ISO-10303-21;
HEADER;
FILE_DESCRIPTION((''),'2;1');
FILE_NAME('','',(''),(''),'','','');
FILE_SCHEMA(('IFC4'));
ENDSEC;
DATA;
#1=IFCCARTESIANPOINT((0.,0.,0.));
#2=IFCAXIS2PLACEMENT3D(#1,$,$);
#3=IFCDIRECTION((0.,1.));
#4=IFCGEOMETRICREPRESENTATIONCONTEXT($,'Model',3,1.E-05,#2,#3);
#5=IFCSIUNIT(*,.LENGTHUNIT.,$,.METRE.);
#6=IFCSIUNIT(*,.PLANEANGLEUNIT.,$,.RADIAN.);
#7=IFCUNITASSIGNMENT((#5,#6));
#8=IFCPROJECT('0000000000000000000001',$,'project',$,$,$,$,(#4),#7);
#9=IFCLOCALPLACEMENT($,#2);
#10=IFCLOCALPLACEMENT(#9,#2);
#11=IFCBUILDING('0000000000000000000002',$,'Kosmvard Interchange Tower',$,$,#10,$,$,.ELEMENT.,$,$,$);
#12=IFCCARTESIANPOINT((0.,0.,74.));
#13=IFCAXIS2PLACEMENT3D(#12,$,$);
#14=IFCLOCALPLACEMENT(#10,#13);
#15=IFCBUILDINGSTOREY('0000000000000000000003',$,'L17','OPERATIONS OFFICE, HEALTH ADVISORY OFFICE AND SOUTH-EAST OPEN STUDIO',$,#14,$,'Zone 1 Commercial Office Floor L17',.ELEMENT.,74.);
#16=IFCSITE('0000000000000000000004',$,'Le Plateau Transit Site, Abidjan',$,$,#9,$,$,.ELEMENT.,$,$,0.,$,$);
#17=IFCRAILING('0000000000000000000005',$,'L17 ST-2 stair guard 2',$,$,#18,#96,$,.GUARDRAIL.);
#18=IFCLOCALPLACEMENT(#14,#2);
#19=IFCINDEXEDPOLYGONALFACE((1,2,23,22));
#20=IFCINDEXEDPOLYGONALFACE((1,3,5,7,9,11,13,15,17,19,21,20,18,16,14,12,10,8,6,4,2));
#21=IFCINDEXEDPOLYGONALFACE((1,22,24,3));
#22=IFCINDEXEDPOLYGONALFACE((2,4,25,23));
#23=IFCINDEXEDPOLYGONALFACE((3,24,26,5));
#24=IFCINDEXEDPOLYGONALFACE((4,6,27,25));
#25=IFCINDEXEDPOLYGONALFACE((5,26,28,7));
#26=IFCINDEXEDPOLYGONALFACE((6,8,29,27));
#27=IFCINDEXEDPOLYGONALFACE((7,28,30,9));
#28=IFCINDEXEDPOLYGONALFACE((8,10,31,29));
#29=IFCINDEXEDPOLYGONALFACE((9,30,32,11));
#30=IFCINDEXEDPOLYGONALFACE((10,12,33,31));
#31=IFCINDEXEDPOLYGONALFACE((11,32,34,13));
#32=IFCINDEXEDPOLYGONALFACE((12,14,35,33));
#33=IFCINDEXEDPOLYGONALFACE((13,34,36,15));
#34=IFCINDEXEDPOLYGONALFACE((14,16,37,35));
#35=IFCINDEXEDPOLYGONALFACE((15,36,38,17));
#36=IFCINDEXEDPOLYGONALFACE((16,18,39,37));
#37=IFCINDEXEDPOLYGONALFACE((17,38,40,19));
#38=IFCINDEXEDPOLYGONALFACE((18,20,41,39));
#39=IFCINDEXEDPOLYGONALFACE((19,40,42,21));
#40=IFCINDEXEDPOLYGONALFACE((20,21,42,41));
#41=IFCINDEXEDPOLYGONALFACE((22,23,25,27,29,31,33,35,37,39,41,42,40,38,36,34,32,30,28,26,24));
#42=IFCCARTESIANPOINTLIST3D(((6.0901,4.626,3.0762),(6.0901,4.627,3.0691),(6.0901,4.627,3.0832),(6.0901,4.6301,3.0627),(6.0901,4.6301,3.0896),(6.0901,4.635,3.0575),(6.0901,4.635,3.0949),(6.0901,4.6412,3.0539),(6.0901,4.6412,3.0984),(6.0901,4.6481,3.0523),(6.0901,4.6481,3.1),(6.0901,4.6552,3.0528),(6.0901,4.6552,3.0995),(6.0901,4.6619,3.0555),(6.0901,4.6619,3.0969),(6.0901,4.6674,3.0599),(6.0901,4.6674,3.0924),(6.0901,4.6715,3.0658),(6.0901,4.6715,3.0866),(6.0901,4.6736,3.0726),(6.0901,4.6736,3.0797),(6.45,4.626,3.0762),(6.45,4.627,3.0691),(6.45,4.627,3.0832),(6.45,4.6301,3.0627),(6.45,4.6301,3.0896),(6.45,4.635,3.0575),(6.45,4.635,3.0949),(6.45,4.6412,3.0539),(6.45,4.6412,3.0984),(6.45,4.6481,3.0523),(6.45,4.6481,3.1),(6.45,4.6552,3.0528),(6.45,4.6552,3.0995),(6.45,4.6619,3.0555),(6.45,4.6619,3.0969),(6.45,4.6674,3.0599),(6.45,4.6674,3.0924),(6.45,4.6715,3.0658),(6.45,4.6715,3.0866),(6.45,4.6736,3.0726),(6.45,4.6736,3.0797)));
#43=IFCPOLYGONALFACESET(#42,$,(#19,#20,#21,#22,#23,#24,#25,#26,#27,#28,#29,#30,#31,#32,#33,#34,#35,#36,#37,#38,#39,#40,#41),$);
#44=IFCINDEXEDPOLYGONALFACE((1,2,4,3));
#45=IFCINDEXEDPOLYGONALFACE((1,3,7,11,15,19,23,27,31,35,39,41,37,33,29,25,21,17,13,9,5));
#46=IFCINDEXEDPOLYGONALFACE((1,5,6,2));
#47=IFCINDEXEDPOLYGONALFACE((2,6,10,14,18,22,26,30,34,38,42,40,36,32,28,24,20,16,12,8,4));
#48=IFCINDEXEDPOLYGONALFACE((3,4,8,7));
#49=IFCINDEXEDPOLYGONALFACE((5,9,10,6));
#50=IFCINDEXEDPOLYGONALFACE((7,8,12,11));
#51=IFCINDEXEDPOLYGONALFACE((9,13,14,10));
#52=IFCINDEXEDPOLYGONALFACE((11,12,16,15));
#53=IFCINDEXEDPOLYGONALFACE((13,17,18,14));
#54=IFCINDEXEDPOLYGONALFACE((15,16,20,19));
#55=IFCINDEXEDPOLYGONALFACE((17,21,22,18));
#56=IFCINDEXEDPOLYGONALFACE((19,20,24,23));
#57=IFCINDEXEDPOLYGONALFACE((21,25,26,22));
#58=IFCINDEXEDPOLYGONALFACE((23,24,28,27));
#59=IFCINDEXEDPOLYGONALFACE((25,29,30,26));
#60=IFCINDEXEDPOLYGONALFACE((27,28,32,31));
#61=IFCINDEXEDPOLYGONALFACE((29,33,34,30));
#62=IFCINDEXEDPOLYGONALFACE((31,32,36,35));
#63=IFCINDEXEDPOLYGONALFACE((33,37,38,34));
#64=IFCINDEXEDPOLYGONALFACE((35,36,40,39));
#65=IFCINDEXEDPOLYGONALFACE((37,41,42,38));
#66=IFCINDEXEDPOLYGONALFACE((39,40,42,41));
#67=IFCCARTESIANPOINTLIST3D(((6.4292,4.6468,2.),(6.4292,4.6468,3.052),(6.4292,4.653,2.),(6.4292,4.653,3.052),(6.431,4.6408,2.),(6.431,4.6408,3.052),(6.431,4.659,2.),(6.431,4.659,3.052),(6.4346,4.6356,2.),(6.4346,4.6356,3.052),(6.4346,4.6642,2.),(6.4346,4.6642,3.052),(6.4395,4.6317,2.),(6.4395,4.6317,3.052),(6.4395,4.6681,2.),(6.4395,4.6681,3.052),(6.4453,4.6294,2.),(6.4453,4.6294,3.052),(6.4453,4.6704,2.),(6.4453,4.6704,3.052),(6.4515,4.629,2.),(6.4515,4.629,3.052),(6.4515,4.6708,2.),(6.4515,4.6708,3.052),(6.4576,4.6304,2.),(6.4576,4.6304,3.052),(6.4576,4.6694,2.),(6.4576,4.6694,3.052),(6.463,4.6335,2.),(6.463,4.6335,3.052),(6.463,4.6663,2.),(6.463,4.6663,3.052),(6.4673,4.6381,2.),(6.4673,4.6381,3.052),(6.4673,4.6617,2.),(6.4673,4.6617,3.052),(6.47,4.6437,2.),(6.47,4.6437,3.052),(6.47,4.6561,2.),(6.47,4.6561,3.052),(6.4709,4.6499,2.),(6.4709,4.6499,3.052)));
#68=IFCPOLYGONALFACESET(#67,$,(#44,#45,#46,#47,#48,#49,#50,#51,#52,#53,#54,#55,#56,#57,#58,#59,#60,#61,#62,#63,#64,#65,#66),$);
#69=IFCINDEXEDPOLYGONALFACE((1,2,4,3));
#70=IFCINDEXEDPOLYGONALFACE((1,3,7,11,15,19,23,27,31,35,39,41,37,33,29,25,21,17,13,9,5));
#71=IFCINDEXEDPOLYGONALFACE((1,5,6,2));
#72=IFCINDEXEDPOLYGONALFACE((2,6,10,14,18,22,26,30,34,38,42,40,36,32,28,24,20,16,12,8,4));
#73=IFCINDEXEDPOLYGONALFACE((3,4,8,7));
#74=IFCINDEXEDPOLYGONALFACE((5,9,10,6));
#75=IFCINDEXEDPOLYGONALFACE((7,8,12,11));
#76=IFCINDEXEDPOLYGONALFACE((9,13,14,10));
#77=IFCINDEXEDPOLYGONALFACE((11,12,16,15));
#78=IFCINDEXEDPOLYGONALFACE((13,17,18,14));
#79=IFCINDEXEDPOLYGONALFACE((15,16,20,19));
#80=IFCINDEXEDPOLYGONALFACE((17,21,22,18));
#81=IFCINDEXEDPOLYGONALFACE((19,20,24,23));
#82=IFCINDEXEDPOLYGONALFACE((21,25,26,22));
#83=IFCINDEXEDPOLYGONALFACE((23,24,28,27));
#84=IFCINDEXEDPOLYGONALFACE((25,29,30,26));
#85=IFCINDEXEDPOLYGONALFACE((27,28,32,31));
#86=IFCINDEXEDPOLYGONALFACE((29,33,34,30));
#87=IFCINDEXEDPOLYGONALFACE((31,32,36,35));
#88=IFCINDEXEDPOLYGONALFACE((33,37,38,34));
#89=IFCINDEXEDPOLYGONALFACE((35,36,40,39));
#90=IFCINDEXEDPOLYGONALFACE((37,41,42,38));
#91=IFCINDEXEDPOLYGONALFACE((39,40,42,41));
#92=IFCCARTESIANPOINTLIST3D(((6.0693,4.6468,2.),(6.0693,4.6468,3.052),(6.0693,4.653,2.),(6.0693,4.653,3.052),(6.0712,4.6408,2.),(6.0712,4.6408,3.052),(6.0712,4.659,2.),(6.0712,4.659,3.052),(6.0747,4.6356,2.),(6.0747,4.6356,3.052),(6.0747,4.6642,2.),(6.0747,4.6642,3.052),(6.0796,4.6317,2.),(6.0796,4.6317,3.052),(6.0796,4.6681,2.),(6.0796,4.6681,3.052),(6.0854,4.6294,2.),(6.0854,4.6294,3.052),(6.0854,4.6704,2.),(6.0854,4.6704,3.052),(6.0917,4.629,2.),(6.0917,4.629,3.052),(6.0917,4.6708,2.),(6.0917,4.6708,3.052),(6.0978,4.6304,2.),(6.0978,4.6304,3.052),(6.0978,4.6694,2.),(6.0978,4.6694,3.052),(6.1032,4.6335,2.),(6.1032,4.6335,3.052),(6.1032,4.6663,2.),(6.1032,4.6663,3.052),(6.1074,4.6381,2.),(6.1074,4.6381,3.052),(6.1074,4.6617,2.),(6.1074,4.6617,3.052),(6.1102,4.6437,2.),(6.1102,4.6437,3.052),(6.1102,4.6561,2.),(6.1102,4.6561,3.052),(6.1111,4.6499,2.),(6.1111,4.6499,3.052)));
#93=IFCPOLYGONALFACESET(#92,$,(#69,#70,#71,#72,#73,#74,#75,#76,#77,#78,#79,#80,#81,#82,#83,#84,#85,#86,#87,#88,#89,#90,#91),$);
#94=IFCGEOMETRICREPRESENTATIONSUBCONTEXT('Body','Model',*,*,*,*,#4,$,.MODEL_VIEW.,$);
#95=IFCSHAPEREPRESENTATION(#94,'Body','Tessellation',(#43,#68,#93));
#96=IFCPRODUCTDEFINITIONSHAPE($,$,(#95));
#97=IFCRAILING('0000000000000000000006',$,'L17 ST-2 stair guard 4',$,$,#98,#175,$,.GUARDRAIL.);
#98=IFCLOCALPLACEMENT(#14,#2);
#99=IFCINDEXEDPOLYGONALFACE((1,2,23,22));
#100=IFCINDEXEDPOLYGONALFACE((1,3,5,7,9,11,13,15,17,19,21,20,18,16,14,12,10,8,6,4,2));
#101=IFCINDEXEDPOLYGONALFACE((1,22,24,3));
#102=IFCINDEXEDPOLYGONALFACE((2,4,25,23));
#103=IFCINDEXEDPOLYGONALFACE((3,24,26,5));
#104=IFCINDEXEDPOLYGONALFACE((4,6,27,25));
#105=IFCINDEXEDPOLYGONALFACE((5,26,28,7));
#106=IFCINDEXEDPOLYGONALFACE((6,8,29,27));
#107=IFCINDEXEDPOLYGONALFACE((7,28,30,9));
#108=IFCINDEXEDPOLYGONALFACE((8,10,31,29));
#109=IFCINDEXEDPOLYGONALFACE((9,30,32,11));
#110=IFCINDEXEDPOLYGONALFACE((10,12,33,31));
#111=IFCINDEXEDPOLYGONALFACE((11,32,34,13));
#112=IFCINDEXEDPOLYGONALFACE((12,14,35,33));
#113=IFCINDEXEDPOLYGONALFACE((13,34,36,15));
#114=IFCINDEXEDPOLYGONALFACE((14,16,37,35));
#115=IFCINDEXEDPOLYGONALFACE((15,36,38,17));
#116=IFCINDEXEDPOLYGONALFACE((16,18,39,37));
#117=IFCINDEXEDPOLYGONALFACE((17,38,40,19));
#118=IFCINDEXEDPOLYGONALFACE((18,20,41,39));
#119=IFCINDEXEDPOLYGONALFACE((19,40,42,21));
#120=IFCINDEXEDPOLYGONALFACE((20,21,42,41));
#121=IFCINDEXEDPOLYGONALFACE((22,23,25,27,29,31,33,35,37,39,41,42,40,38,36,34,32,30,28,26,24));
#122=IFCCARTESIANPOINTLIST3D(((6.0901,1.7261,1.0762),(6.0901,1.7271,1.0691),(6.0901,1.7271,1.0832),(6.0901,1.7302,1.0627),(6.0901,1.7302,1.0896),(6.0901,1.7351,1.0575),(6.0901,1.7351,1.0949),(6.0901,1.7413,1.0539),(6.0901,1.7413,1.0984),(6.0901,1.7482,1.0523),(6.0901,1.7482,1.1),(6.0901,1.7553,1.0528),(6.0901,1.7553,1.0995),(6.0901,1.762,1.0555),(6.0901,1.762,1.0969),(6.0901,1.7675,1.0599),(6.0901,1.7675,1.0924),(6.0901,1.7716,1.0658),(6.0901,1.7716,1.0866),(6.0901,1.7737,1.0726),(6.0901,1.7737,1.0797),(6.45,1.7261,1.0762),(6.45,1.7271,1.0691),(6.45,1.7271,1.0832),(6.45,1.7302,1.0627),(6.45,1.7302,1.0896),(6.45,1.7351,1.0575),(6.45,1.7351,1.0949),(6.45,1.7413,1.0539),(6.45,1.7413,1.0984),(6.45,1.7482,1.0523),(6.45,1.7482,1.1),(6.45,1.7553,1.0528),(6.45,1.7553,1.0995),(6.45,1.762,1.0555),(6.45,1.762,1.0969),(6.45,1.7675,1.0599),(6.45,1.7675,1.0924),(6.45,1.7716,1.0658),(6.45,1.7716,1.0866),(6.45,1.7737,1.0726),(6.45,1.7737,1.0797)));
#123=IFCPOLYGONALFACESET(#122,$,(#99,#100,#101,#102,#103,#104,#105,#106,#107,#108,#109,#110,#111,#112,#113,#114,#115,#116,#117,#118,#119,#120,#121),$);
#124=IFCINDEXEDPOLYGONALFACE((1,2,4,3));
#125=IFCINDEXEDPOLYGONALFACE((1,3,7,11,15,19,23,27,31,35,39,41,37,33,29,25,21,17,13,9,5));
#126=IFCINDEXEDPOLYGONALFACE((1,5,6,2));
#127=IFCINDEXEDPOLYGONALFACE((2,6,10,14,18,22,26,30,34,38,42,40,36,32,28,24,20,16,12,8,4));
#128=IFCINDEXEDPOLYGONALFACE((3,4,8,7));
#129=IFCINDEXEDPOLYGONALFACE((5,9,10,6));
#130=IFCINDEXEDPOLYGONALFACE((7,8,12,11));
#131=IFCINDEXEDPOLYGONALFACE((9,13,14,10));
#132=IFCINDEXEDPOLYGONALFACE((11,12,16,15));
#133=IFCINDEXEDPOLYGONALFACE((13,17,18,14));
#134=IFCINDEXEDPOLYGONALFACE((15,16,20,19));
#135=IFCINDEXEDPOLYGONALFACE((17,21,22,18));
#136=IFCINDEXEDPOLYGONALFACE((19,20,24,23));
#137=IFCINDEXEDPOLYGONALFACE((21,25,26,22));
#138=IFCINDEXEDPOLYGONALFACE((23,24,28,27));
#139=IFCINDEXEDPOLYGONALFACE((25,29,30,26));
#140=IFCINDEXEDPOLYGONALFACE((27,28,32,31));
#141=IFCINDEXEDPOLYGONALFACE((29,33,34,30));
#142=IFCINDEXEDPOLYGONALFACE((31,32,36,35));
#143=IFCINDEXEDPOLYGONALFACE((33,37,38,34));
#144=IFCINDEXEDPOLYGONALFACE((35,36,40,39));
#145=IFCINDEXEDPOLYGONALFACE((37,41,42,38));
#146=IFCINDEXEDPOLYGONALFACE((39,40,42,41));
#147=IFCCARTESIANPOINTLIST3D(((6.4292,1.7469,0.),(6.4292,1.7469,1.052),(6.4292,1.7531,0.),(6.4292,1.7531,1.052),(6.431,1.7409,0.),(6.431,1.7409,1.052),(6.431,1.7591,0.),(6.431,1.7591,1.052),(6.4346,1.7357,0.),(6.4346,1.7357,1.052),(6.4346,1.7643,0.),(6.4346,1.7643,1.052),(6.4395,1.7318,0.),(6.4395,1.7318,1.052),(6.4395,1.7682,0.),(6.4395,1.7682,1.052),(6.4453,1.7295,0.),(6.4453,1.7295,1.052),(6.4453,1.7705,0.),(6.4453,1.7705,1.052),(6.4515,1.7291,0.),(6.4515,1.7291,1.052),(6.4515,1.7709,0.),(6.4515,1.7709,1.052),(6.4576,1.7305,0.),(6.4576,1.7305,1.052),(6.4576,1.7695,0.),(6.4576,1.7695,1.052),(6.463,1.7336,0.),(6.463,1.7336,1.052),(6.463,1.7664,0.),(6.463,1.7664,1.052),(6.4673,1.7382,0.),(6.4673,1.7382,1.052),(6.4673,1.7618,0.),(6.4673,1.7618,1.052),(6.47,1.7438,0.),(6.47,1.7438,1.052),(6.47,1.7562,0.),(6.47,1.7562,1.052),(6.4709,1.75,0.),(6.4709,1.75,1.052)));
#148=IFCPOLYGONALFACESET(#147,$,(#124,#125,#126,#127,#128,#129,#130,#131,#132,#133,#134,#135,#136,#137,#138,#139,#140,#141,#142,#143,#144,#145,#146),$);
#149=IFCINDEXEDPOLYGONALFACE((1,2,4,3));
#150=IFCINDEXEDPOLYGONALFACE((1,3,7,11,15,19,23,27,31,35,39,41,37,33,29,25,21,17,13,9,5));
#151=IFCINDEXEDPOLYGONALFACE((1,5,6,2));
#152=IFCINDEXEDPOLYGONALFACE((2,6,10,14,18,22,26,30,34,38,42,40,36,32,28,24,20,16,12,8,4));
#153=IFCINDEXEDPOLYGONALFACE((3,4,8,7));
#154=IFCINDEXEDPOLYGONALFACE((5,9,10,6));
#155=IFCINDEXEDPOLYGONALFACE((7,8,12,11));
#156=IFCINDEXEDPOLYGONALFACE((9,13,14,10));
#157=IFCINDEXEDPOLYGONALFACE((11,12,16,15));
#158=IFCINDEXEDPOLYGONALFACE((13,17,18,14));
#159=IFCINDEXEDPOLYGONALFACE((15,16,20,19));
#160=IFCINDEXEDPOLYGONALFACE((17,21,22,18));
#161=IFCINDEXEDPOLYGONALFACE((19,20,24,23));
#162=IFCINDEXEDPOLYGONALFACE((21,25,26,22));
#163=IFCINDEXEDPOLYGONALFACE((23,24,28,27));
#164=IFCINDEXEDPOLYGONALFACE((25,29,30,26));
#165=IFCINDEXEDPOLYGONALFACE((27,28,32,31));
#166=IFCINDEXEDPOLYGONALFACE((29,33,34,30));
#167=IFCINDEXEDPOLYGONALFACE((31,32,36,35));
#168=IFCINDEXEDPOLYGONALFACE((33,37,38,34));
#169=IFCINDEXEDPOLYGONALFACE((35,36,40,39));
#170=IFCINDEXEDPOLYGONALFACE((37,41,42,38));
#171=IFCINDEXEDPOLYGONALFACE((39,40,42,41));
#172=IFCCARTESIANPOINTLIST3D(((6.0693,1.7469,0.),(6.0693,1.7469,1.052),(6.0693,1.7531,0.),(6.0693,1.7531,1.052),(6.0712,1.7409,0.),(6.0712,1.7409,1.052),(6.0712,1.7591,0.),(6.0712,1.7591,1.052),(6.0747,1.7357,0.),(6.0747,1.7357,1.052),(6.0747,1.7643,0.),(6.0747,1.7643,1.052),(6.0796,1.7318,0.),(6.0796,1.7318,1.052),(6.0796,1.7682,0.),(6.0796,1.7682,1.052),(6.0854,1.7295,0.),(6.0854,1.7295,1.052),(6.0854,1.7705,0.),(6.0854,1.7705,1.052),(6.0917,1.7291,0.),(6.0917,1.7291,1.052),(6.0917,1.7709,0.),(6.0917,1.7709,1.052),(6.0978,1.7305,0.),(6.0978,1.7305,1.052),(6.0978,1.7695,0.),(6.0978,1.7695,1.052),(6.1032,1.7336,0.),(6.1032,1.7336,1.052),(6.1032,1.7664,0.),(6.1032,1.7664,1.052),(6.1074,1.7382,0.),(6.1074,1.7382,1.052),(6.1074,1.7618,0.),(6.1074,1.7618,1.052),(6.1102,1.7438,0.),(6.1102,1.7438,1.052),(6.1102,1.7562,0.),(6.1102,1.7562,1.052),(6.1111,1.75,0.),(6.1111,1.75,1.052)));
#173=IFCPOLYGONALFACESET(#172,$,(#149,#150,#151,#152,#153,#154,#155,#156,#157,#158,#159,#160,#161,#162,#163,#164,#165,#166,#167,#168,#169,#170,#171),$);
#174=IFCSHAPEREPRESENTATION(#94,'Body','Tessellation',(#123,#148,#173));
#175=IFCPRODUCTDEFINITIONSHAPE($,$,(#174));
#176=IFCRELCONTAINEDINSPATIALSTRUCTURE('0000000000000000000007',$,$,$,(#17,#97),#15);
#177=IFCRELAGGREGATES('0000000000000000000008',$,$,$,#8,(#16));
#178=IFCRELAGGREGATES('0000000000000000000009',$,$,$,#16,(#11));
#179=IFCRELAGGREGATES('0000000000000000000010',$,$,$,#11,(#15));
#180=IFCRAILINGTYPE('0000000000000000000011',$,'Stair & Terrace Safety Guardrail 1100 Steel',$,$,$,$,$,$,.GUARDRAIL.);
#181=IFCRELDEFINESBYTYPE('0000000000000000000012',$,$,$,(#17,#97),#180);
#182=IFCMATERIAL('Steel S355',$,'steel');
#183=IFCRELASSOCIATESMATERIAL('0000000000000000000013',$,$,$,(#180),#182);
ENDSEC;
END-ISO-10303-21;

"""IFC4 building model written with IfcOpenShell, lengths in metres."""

from ifc_helpers import new_model, si_unit, direction, frame, origin, origin_2d, place, context, subcontext, project, spatial, circle, extrude, source, transform, mapped, material, type_object, element, save


model = new_model("IFC4")

# Units and contexts
model_context = context("Model", 3, precision=1e-05, world=origin(), true_north=direction((0.0, 1.0)))
body_context = subcontext(model_context, "Body", "Model", "MODEL_VIEW")
ifc_project = project(units=[si_unit("LENGTHUNIT", "METRE"), si_unit("PLANEANGLEUNIT", "RADIAN")], contexts=[model_context])

# Site, building, storey
site_placement = place(None, origin())
site = spatial("IfcSite", under=ifc_project, at=site_placement, Name="Le Plateau Transit Site, Abidjan", CompositionType="ELEMENT", RefElevation=0.0)
building_placement = place(site_placement, origin())
building = spatial("IfcBuilding", under=site, at=building_placement, Name="Kosmvard Interchange Tower", CompositionType="ELEMENT")
storey_placement = place(building_placement, frame((0.0, 0.0, 74.0)))
storey = spatial("IfcBuildingStorey", under=building, at=storey_placement, Name="L17", Description="OPERATIONS OFFICE, HEALTH ADVISORY OFFICE AND SOUTH-EAST OPEN STUDIO", LongName="Zone 1 Commercial Office Floor L17", CompositionType="ELEMENT", Elevation=74.0)

# Shared definitions
ifc_material_1 = material(Name="Steel S355", Category="steel")

# Railings
railing_type_1 = type_object("IfcRailingType", Name="Stair & Terrace Safety Guardrail 1100 Steel", PredefinedType="GUARDRAIL", material=ifc_material_1)
shared_shape_1 = source(origin(), body_context, "Body", "SweptSolid", [
    extrude(circle(Radius=0.0239, at=origin_2d()), frame((0.0, 0.0, 1.0762), z_axis=(-1.0, 0.0, 0.0), x_axis=(0.0, -1.0, 0.0)), (0.0, 0.0, 1.0), 0.3599),
    extrude(circle(Radius=0.021, at=origin_2d()), origin(), (0.0, 0.0, 1.0), 1.052),
    extrude(circle(Radius=0.021, at=origin_2d()), frame((-0.3599, 0.0, 0.0)), (0.0, 0.0, 1.0), 1.052),
])
for number, where, name in (
    (1, (6.45, 4.6499, 2.0), "L17 ST-2 stair guard 2"),
    (2, (6.45, 1.75, 0.0), "L17 ST-2 stair guard 4"),
):
    element("IfcRailing", number, at=place(storey_placement, frame(where)), inside=storey, type_object=railing_type_1, Name=name, PredefinedType="GUARDRAIL", context=body_context, shape_type="MappedRepresentation", body=[
        mapped(shared_shape_1, transform((0.0, 0.0, 0.0), scale=1.0)),
    ])

save(model, "model.ifc")
